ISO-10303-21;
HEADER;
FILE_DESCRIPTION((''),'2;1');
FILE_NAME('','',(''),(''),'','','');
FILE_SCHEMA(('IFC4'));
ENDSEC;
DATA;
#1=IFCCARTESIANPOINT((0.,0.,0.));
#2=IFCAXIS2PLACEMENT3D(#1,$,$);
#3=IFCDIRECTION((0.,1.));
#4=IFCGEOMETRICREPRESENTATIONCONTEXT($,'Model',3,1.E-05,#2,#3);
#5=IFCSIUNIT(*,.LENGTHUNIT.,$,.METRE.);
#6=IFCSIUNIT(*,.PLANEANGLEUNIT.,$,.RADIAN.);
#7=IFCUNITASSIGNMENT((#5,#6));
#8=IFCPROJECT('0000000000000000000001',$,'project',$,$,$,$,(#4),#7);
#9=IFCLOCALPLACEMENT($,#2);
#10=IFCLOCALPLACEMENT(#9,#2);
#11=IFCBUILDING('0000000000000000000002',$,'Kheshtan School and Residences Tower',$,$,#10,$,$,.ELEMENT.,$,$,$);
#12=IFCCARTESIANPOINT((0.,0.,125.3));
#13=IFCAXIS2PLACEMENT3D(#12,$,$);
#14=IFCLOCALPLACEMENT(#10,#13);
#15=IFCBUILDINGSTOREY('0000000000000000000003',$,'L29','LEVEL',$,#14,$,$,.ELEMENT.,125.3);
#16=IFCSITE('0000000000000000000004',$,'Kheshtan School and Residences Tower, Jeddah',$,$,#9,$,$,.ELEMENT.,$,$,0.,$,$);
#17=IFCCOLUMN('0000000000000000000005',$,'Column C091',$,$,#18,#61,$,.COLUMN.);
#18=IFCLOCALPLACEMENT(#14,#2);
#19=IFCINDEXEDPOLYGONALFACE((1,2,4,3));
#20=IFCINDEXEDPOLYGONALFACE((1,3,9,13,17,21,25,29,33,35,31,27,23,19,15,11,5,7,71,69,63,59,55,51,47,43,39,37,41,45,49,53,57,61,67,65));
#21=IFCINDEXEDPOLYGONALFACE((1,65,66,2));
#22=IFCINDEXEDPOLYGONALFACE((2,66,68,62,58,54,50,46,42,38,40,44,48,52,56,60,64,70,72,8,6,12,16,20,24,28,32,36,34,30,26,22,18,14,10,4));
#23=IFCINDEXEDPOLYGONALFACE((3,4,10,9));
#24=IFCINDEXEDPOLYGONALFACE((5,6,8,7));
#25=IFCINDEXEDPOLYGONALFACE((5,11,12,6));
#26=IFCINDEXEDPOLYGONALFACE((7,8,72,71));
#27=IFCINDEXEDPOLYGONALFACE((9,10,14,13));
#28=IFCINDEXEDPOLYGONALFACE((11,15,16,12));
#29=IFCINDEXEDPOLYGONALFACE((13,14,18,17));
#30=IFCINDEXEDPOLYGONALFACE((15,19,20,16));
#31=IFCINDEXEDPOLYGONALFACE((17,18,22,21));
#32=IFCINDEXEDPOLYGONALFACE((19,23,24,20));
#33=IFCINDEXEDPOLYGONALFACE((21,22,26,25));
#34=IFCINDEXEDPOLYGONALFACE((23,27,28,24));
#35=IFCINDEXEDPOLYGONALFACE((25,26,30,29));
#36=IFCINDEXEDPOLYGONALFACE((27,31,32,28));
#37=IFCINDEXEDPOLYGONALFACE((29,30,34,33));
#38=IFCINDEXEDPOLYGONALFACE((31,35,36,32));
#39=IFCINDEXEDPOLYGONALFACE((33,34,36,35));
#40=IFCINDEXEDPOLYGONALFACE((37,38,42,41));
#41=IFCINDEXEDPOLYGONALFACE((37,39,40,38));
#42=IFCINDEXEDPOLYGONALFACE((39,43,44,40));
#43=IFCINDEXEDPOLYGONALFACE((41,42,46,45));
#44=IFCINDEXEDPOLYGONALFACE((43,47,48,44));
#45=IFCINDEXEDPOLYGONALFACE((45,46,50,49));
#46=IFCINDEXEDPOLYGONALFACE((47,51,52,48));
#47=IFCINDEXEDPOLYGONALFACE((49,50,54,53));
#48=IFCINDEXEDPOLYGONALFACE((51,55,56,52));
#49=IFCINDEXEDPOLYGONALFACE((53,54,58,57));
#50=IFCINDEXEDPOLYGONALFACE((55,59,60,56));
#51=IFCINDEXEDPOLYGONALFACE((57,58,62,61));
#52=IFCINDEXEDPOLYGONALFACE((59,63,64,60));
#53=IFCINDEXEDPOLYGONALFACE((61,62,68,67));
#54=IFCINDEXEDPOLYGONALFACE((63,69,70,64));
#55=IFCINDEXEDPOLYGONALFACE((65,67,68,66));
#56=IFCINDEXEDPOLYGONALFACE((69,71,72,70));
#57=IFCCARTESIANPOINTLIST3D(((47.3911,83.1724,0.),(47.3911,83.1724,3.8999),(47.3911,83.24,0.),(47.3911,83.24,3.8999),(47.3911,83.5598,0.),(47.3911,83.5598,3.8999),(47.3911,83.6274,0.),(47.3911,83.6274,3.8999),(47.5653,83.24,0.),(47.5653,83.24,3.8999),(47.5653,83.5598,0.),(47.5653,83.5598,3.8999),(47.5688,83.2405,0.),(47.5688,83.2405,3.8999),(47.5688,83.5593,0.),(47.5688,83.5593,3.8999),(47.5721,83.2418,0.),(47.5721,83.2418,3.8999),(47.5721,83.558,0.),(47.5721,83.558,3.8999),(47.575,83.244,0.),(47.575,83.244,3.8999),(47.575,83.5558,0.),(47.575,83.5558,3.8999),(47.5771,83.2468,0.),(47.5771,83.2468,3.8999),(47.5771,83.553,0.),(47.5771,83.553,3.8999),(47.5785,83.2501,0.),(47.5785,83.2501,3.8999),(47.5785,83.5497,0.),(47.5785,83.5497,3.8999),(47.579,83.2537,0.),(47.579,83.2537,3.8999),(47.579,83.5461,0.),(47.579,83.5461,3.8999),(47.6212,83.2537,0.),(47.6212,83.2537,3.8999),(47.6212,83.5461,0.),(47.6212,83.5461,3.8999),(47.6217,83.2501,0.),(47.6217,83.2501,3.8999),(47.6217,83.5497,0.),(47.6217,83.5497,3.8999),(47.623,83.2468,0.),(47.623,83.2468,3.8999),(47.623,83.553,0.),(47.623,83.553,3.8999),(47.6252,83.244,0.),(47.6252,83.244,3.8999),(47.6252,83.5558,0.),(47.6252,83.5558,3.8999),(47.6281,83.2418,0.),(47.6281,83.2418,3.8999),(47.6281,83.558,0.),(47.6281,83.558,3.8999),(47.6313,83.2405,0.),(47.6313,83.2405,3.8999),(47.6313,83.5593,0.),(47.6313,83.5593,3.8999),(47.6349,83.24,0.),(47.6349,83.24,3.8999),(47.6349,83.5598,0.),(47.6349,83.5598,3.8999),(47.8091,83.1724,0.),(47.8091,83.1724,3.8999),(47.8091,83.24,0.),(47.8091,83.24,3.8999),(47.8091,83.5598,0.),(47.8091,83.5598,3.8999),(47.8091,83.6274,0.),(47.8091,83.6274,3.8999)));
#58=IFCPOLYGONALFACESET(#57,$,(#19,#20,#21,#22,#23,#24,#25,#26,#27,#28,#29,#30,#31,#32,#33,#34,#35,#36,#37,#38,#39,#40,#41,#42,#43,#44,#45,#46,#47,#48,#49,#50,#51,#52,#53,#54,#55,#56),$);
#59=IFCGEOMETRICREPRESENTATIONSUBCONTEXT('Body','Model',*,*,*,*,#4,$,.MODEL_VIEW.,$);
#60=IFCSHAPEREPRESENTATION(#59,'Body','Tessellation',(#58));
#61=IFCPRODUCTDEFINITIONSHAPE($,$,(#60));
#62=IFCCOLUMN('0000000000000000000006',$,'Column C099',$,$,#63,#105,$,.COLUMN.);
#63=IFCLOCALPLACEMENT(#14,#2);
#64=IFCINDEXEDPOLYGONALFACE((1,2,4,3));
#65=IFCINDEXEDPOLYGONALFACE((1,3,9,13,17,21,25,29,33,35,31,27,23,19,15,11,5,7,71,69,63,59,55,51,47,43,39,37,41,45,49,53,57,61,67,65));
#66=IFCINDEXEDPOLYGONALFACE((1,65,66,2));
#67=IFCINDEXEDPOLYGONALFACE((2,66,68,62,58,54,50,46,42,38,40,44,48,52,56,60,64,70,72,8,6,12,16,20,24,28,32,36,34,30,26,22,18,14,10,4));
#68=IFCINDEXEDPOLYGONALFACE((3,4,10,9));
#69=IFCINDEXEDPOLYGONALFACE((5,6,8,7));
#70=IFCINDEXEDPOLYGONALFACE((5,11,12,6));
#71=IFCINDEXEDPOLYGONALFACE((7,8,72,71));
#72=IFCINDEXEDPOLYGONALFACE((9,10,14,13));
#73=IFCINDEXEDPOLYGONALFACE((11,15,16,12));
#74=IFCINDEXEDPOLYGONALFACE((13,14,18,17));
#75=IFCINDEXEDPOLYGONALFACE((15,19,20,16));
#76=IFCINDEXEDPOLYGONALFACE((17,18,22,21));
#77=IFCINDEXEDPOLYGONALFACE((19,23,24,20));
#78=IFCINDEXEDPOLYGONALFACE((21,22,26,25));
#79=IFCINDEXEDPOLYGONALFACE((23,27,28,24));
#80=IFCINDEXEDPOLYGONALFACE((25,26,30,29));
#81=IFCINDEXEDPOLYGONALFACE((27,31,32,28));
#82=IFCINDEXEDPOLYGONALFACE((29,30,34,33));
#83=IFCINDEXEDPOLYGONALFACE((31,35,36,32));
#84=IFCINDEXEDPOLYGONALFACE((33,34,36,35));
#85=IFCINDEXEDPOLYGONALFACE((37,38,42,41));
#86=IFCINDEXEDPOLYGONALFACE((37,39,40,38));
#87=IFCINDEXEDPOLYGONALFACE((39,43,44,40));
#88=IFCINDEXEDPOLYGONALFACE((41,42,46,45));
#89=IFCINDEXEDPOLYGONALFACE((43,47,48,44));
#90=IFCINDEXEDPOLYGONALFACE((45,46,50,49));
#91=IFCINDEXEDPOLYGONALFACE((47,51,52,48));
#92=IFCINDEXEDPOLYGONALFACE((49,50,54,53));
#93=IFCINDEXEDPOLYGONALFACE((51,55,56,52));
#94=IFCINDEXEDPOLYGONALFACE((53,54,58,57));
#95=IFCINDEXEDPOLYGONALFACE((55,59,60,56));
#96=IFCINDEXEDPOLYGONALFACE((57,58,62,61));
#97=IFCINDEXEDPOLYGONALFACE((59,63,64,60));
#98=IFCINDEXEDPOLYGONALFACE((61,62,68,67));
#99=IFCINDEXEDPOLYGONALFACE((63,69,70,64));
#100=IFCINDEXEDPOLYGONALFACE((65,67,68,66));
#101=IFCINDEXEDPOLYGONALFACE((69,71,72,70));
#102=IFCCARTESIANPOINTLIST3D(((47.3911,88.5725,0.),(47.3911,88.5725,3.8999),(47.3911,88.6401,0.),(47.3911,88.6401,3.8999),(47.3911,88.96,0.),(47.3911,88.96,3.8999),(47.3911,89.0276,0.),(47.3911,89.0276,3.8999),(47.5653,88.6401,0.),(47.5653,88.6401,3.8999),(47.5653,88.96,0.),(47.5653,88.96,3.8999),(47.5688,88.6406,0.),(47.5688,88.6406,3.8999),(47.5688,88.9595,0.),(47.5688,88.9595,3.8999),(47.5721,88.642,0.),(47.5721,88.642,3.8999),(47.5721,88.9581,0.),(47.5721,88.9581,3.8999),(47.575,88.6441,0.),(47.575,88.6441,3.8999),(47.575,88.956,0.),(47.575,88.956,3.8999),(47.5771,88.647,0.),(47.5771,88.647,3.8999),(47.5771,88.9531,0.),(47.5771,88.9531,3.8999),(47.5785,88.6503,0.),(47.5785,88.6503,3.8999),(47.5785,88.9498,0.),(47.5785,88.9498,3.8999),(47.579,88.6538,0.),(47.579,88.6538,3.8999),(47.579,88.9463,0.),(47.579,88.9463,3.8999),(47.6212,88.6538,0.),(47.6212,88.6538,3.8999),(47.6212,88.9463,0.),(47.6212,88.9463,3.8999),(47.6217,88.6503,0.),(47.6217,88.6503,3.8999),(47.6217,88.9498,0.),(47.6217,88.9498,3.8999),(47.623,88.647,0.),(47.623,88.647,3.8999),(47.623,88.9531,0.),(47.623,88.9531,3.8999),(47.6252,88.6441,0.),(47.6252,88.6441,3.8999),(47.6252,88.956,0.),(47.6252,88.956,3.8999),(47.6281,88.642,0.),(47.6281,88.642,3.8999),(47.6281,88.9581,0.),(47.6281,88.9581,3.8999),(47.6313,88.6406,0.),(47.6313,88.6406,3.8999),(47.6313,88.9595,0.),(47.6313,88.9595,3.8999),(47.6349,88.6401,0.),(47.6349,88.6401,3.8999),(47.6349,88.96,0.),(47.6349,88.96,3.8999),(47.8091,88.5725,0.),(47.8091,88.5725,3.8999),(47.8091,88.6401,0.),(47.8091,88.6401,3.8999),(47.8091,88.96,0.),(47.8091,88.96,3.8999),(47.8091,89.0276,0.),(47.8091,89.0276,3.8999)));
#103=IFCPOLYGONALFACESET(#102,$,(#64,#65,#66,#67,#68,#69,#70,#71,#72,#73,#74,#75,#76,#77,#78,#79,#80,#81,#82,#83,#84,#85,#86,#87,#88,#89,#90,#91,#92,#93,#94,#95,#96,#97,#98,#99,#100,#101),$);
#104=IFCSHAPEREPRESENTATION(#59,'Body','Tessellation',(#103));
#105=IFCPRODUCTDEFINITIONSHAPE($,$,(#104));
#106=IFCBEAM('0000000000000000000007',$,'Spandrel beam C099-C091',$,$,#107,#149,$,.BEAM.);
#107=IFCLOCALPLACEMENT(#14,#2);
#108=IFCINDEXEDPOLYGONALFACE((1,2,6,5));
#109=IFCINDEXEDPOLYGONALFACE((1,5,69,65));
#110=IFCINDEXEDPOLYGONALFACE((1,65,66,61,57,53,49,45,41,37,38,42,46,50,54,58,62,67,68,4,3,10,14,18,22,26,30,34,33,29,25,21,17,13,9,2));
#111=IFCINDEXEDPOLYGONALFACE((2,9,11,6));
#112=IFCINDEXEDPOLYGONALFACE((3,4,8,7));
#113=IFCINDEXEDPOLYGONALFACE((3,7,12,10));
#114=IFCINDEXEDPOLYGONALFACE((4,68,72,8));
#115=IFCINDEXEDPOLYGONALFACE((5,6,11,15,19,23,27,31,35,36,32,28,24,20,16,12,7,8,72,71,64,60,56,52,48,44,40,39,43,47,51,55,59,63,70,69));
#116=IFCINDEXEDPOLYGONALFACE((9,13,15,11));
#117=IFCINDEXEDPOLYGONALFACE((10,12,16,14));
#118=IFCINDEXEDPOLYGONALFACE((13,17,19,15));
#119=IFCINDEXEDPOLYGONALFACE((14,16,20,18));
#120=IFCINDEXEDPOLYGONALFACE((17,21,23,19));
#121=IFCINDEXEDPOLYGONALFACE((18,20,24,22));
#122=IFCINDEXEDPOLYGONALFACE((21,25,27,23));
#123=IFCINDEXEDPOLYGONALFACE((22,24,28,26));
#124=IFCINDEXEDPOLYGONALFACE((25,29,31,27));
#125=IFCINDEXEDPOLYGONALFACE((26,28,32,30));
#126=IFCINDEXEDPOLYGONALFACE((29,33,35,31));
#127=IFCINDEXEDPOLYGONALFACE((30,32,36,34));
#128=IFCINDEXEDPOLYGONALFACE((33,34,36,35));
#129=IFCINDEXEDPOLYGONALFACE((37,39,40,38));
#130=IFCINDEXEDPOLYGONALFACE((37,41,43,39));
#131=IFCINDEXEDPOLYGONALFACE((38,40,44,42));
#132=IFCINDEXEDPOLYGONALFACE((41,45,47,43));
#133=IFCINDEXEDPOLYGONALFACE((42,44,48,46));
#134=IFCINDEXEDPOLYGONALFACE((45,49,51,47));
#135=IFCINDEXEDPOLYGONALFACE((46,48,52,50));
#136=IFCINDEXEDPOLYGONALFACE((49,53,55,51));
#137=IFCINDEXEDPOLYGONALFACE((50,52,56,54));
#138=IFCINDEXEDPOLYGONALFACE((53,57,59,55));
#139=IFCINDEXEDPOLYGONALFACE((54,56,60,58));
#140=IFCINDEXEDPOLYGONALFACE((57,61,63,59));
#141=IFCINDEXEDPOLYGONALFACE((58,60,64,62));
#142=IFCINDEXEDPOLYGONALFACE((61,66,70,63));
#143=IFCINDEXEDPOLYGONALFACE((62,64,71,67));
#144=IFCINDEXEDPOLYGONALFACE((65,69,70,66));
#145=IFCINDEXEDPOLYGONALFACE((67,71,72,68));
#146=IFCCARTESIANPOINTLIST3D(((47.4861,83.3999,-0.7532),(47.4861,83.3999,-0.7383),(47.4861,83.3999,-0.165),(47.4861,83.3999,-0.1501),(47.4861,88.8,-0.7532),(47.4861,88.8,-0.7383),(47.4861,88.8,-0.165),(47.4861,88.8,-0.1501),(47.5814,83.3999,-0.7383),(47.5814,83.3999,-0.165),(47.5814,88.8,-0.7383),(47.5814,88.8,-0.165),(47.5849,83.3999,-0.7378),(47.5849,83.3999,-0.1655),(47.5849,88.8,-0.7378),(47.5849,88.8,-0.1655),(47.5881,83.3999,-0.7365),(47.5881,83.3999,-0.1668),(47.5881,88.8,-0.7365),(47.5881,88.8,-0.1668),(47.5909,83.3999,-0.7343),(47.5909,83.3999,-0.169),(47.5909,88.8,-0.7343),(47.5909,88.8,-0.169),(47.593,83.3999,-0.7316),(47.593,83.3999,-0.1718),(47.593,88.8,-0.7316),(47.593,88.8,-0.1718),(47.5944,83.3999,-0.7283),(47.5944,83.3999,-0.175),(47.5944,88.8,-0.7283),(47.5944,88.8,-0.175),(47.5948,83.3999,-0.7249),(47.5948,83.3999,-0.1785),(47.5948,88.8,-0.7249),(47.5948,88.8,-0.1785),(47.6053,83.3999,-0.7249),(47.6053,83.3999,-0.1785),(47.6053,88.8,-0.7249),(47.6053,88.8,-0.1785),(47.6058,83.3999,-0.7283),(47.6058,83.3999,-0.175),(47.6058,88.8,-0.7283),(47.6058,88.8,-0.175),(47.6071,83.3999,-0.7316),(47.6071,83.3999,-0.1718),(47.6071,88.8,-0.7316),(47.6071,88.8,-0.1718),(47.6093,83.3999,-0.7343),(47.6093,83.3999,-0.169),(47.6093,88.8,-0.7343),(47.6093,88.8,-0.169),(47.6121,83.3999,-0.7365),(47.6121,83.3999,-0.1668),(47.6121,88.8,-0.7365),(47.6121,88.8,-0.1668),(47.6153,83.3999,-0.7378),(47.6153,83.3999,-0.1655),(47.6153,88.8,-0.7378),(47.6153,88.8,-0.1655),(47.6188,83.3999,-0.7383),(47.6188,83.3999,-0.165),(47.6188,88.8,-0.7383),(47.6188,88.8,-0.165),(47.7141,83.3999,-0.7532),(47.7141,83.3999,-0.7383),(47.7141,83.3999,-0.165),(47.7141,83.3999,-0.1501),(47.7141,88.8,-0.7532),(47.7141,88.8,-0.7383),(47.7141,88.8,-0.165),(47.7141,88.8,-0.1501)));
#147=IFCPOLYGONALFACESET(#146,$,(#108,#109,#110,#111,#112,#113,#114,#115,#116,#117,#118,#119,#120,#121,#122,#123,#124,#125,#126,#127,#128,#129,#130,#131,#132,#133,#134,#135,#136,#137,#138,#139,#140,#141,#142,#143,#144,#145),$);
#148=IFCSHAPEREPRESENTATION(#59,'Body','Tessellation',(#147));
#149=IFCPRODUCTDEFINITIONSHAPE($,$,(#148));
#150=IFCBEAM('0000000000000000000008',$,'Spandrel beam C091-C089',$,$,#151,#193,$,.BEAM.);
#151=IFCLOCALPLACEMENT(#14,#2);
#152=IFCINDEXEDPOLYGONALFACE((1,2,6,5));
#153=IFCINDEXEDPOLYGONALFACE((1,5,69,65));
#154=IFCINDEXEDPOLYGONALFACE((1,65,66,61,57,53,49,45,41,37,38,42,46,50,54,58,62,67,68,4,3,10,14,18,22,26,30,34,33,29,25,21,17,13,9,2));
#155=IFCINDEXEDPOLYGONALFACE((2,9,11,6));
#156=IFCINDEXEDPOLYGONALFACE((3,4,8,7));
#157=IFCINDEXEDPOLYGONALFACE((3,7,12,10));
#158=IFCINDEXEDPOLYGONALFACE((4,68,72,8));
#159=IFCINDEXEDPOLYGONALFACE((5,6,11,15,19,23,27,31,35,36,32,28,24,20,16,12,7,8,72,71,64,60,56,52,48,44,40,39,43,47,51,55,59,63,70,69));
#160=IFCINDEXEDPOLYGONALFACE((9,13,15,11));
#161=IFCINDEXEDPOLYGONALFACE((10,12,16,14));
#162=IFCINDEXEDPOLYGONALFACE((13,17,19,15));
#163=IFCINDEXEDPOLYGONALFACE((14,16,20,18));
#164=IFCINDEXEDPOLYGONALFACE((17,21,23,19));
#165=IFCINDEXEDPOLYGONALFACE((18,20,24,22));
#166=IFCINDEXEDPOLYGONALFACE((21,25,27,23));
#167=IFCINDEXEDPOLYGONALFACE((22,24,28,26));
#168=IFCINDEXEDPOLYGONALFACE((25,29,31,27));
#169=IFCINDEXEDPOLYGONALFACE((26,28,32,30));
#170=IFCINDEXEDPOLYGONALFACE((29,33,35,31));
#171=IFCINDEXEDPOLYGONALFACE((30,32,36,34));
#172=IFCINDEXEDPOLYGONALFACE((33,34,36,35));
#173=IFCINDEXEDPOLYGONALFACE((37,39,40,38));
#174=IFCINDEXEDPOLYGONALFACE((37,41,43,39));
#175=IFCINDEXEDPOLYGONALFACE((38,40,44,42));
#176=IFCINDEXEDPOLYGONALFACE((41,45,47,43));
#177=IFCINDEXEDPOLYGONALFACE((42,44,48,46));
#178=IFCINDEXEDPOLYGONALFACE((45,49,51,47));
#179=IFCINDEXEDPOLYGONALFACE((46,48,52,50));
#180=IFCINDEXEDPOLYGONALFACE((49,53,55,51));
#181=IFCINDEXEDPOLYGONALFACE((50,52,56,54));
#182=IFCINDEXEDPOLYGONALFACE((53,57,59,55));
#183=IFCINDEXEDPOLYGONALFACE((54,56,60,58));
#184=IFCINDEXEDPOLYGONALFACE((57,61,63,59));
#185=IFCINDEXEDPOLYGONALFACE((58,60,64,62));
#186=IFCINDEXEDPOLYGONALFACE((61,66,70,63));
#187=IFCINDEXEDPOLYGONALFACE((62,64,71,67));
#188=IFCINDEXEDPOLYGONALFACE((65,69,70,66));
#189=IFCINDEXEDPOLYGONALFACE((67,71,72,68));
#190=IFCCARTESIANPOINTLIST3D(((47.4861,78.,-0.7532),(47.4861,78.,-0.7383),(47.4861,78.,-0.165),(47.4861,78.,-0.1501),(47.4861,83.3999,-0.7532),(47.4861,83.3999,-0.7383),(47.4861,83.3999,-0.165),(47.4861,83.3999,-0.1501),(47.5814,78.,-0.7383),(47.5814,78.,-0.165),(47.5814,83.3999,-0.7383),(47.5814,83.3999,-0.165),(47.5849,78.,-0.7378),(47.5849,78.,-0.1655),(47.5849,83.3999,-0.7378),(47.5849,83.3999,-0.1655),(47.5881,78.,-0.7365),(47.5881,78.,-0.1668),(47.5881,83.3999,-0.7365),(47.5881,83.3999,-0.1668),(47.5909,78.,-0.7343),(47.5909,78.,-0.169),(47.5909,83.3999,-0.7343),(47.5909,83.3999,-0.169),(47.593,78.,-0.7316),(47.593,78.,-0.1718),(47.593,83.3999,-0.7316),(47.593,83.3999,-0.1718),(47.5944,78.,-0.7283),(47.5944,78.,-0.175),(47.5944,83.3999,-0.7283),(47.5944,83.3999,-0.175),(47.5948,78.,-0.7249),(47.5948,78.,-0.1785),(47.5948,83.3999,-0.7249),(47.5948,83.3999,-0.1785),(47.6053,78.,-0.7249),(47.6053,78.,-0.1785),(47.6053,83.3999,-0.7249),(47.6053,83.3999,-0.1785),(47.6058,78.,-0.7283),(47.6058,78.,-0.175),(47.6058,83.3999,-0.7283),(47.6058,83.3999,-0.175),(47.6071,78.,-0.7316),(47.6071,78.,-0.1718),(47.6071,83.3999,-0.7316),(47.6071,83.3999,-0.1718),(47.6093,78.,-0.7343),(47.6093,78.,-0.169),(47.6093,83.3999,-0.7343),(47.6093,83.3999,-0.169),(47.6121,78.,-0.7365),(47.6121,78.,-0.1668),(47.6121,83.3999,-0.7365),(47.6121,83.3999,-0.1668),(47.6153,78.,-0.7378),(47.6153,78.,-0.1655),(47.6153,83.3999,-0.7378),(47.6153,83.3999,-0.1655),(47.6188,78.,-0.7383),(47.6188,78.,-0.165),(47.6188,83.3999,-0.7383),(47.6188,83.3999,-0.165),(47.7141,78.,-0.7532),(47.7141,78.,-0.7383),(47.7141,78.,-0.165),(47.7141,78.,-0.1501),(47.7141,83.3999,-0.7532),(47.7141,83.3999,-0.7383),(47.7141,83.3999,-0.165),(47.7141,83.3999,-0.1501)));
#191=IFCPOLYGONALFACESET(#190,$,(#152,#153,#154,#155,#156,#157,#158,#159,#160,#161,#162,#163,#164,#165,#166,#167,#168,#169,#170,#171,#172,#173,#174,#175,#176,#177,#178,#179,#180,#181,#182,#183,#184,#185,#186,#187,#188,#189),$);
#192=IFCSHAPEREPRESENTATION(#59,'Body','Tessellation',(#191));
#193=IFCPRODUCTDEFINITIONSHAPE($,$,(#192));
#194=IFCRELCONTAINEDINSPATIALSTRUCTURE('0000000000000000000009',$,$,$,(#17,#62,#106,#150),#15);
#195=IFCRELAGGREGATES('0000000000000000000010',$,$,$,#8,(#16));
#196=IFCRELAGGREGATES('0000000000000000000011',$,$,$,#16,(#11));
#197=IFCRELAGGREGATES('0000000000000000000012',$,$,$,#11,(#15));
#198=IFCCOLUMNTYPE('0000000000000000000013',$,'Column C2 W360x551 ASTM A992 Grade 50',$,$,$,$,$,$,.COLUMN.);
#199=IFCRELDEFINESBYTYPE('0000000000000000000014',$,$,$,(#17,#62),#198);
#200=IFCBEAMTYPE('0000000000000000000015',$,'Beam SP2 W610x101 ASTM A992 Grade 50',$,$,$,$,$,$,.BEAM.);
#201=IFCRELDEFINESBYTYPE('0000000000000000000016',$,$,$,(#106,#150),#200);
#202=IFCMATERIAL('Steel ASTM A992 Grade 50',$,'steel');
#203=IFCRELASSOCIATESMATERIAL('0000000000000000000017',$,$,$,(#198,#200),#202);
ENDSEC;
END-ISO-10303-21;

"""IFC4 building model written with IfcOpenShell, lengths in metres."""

from ifc_helpers import new_model, si_unit, direction, frame, origin, origin_2d, place, context, subcontext, project, spatial, i_section, extrude, material, material_profile, profile_set, type_object, element, save


model = new_model("IFC4")

# Units and contexts
model_context = context("Model", 3, precision=1e-05, world=origin(), true_north=direction((0.0, 1.0)))
body_context = subcontext(model_context, "Body", "Model", "MODEL_VIEW")
ifc_project = project(units=[si_unit("LENGTHUNIT", "METRE"), si_unit("PLANEANGLEUNIT", "RADIAN")], contexts=[model_context])

# Site, building, storey
site_placement = place(None, origin())
site = spatial("IfcSite", under=ifc_project, at=site_placement, Name="Kheshtan School and Residences Tower, Jeddah", CompositionType="ELEMENT", RefElevation=0.0)
building_placement = place(site_placement, origin())
building = spatial("IfcBuilding", under=site, at=building_placement, Name="Kheshtan School and Residences Tower", CompositionType="ELEMENT")
storey_placement = place(building_placement, frame((0.0, 0.0, 125.3)))
storey = spatial("IfcBuildingStorey", under=building, at=storey_placement, Name="L29", Description="LEVEL", CompositionType="ELEMENT", Elevation=125.3)

# Columns
ifc_material_1 = material(Name="Steel ASTM A992 Grade 50", Category="steel")
ifc_material_profile_1 = material_profile(ifc_material_1, i_section(OverallWidth=0.418, OverallDepth=0.4551, WebThickness=0.0422, FlangeThickness=0.0676, FilletRadius=0.0137, at=origin_2d()), Name="W360x551")
ifc_profile_set_1 = profile_set([ifc_material_profile_1], Name="Steel ASTM A992 Grade 50")
column_type = type_object("IfcColumnType", Name="Column C2 W360x551 ASTM A992 Grade 50", PredefinedType="COLUMN", material=ifc_profile_set_1)
for number, where, z_axis, x_axis, name in (
    (1, (47.6001, 83.3999, 0.0), (0.0, 0.0, 1.0), (1.0, 0.0, 0.0), "Column C091"),
    (2, (47.6001, 88.8, 0.0), (0.0, 0.0, 1.0), (1.0, 0.0, 0.0), "Column C099"),
):
    element("IfcColumn", number, at=place(storey_placement, frame(where, z_axis=z_axis, x_axis=x_axis)), inside=storey, type_object=column_type, Name=name, PredefinedType="COLUMN", context=body_context, shape_type="SweptSolid", body=[
        extrude(i_section(OverallWidth=0.418, OverallDepth=0.4551, WebThickness=0.0422, FlangeThickness=0.0676, FilletRadius=0.0137, at=origin_2d()), origin(), (0.0, 0.0, 1.0), 3.8999),
    ])

# Beams
ifc_material_profile_2 = material_profile(ifc_material_1, i_section(OverallWidth=0.228, OverallDepth=0.603, WebThickness=0.0105, FlangeThickness=0.0149, FilletRadius=0.0134, at=origin_2d()), Name="W610x101")
ifc_profile_set_2 = profile_set([ifc_material_profile_2], Name="Steel ASTM A992 Grade 50")
beam_type = type_object("IfcBeamType", Name="Beam SP2 W610x101 ASTM A992 Grade 50", PredefinedType="BEAM", material=ifc_profile_set_2)
beam_1_placement = place(storey_placement, frame((47.6001, 88.8, -0.4517), z_axis=(0.0, -1.0, 0.0), x_axis=(1.0, 0.0, 0.0)))
element("IfcBeam", 3, at=beam_1_placement, inside=storey, type_object=beam_type, Name="Spandrel beam C099-C091", PredefinedType="BEAM", context=body_context, shape_type="SweptSolid", body=[
    extrude(i_section(OverallWidth=0.228, OverallDepth=0.603, WebThickness=0.0105, FlangeThickness=0.0149, FilletRadius=0.0134, at=origin_2d()), origin(), (0.0, 0.0, 1.0), 5.4001),
])
beam_2_placement = place(storey_placement, frame((47.6001, 83.3999, -0.4517), z_axis=(0.0, -1.0, 0.0), x_axis=(1.0, 0.0, 0.0)))
element("IfcBeam", 4, at=beam_2_placement, inside=storey, type_object=beam_type, Name="Spandrel beam C091-C089", PredefinedType="BEAM", context=body_context, shape_type="SweptSolid", body=[
    extrude(i_section(OverallWidth=0.228, OverallDepth=0.603, WebThickness=0.0105, FlangeThickness=0.0149, FilletRadius=0.0134, at=origin_2d()), origin(), (0.0, 0.0, 1.0), 5.3999),
])

save(model, "model.ifc")
